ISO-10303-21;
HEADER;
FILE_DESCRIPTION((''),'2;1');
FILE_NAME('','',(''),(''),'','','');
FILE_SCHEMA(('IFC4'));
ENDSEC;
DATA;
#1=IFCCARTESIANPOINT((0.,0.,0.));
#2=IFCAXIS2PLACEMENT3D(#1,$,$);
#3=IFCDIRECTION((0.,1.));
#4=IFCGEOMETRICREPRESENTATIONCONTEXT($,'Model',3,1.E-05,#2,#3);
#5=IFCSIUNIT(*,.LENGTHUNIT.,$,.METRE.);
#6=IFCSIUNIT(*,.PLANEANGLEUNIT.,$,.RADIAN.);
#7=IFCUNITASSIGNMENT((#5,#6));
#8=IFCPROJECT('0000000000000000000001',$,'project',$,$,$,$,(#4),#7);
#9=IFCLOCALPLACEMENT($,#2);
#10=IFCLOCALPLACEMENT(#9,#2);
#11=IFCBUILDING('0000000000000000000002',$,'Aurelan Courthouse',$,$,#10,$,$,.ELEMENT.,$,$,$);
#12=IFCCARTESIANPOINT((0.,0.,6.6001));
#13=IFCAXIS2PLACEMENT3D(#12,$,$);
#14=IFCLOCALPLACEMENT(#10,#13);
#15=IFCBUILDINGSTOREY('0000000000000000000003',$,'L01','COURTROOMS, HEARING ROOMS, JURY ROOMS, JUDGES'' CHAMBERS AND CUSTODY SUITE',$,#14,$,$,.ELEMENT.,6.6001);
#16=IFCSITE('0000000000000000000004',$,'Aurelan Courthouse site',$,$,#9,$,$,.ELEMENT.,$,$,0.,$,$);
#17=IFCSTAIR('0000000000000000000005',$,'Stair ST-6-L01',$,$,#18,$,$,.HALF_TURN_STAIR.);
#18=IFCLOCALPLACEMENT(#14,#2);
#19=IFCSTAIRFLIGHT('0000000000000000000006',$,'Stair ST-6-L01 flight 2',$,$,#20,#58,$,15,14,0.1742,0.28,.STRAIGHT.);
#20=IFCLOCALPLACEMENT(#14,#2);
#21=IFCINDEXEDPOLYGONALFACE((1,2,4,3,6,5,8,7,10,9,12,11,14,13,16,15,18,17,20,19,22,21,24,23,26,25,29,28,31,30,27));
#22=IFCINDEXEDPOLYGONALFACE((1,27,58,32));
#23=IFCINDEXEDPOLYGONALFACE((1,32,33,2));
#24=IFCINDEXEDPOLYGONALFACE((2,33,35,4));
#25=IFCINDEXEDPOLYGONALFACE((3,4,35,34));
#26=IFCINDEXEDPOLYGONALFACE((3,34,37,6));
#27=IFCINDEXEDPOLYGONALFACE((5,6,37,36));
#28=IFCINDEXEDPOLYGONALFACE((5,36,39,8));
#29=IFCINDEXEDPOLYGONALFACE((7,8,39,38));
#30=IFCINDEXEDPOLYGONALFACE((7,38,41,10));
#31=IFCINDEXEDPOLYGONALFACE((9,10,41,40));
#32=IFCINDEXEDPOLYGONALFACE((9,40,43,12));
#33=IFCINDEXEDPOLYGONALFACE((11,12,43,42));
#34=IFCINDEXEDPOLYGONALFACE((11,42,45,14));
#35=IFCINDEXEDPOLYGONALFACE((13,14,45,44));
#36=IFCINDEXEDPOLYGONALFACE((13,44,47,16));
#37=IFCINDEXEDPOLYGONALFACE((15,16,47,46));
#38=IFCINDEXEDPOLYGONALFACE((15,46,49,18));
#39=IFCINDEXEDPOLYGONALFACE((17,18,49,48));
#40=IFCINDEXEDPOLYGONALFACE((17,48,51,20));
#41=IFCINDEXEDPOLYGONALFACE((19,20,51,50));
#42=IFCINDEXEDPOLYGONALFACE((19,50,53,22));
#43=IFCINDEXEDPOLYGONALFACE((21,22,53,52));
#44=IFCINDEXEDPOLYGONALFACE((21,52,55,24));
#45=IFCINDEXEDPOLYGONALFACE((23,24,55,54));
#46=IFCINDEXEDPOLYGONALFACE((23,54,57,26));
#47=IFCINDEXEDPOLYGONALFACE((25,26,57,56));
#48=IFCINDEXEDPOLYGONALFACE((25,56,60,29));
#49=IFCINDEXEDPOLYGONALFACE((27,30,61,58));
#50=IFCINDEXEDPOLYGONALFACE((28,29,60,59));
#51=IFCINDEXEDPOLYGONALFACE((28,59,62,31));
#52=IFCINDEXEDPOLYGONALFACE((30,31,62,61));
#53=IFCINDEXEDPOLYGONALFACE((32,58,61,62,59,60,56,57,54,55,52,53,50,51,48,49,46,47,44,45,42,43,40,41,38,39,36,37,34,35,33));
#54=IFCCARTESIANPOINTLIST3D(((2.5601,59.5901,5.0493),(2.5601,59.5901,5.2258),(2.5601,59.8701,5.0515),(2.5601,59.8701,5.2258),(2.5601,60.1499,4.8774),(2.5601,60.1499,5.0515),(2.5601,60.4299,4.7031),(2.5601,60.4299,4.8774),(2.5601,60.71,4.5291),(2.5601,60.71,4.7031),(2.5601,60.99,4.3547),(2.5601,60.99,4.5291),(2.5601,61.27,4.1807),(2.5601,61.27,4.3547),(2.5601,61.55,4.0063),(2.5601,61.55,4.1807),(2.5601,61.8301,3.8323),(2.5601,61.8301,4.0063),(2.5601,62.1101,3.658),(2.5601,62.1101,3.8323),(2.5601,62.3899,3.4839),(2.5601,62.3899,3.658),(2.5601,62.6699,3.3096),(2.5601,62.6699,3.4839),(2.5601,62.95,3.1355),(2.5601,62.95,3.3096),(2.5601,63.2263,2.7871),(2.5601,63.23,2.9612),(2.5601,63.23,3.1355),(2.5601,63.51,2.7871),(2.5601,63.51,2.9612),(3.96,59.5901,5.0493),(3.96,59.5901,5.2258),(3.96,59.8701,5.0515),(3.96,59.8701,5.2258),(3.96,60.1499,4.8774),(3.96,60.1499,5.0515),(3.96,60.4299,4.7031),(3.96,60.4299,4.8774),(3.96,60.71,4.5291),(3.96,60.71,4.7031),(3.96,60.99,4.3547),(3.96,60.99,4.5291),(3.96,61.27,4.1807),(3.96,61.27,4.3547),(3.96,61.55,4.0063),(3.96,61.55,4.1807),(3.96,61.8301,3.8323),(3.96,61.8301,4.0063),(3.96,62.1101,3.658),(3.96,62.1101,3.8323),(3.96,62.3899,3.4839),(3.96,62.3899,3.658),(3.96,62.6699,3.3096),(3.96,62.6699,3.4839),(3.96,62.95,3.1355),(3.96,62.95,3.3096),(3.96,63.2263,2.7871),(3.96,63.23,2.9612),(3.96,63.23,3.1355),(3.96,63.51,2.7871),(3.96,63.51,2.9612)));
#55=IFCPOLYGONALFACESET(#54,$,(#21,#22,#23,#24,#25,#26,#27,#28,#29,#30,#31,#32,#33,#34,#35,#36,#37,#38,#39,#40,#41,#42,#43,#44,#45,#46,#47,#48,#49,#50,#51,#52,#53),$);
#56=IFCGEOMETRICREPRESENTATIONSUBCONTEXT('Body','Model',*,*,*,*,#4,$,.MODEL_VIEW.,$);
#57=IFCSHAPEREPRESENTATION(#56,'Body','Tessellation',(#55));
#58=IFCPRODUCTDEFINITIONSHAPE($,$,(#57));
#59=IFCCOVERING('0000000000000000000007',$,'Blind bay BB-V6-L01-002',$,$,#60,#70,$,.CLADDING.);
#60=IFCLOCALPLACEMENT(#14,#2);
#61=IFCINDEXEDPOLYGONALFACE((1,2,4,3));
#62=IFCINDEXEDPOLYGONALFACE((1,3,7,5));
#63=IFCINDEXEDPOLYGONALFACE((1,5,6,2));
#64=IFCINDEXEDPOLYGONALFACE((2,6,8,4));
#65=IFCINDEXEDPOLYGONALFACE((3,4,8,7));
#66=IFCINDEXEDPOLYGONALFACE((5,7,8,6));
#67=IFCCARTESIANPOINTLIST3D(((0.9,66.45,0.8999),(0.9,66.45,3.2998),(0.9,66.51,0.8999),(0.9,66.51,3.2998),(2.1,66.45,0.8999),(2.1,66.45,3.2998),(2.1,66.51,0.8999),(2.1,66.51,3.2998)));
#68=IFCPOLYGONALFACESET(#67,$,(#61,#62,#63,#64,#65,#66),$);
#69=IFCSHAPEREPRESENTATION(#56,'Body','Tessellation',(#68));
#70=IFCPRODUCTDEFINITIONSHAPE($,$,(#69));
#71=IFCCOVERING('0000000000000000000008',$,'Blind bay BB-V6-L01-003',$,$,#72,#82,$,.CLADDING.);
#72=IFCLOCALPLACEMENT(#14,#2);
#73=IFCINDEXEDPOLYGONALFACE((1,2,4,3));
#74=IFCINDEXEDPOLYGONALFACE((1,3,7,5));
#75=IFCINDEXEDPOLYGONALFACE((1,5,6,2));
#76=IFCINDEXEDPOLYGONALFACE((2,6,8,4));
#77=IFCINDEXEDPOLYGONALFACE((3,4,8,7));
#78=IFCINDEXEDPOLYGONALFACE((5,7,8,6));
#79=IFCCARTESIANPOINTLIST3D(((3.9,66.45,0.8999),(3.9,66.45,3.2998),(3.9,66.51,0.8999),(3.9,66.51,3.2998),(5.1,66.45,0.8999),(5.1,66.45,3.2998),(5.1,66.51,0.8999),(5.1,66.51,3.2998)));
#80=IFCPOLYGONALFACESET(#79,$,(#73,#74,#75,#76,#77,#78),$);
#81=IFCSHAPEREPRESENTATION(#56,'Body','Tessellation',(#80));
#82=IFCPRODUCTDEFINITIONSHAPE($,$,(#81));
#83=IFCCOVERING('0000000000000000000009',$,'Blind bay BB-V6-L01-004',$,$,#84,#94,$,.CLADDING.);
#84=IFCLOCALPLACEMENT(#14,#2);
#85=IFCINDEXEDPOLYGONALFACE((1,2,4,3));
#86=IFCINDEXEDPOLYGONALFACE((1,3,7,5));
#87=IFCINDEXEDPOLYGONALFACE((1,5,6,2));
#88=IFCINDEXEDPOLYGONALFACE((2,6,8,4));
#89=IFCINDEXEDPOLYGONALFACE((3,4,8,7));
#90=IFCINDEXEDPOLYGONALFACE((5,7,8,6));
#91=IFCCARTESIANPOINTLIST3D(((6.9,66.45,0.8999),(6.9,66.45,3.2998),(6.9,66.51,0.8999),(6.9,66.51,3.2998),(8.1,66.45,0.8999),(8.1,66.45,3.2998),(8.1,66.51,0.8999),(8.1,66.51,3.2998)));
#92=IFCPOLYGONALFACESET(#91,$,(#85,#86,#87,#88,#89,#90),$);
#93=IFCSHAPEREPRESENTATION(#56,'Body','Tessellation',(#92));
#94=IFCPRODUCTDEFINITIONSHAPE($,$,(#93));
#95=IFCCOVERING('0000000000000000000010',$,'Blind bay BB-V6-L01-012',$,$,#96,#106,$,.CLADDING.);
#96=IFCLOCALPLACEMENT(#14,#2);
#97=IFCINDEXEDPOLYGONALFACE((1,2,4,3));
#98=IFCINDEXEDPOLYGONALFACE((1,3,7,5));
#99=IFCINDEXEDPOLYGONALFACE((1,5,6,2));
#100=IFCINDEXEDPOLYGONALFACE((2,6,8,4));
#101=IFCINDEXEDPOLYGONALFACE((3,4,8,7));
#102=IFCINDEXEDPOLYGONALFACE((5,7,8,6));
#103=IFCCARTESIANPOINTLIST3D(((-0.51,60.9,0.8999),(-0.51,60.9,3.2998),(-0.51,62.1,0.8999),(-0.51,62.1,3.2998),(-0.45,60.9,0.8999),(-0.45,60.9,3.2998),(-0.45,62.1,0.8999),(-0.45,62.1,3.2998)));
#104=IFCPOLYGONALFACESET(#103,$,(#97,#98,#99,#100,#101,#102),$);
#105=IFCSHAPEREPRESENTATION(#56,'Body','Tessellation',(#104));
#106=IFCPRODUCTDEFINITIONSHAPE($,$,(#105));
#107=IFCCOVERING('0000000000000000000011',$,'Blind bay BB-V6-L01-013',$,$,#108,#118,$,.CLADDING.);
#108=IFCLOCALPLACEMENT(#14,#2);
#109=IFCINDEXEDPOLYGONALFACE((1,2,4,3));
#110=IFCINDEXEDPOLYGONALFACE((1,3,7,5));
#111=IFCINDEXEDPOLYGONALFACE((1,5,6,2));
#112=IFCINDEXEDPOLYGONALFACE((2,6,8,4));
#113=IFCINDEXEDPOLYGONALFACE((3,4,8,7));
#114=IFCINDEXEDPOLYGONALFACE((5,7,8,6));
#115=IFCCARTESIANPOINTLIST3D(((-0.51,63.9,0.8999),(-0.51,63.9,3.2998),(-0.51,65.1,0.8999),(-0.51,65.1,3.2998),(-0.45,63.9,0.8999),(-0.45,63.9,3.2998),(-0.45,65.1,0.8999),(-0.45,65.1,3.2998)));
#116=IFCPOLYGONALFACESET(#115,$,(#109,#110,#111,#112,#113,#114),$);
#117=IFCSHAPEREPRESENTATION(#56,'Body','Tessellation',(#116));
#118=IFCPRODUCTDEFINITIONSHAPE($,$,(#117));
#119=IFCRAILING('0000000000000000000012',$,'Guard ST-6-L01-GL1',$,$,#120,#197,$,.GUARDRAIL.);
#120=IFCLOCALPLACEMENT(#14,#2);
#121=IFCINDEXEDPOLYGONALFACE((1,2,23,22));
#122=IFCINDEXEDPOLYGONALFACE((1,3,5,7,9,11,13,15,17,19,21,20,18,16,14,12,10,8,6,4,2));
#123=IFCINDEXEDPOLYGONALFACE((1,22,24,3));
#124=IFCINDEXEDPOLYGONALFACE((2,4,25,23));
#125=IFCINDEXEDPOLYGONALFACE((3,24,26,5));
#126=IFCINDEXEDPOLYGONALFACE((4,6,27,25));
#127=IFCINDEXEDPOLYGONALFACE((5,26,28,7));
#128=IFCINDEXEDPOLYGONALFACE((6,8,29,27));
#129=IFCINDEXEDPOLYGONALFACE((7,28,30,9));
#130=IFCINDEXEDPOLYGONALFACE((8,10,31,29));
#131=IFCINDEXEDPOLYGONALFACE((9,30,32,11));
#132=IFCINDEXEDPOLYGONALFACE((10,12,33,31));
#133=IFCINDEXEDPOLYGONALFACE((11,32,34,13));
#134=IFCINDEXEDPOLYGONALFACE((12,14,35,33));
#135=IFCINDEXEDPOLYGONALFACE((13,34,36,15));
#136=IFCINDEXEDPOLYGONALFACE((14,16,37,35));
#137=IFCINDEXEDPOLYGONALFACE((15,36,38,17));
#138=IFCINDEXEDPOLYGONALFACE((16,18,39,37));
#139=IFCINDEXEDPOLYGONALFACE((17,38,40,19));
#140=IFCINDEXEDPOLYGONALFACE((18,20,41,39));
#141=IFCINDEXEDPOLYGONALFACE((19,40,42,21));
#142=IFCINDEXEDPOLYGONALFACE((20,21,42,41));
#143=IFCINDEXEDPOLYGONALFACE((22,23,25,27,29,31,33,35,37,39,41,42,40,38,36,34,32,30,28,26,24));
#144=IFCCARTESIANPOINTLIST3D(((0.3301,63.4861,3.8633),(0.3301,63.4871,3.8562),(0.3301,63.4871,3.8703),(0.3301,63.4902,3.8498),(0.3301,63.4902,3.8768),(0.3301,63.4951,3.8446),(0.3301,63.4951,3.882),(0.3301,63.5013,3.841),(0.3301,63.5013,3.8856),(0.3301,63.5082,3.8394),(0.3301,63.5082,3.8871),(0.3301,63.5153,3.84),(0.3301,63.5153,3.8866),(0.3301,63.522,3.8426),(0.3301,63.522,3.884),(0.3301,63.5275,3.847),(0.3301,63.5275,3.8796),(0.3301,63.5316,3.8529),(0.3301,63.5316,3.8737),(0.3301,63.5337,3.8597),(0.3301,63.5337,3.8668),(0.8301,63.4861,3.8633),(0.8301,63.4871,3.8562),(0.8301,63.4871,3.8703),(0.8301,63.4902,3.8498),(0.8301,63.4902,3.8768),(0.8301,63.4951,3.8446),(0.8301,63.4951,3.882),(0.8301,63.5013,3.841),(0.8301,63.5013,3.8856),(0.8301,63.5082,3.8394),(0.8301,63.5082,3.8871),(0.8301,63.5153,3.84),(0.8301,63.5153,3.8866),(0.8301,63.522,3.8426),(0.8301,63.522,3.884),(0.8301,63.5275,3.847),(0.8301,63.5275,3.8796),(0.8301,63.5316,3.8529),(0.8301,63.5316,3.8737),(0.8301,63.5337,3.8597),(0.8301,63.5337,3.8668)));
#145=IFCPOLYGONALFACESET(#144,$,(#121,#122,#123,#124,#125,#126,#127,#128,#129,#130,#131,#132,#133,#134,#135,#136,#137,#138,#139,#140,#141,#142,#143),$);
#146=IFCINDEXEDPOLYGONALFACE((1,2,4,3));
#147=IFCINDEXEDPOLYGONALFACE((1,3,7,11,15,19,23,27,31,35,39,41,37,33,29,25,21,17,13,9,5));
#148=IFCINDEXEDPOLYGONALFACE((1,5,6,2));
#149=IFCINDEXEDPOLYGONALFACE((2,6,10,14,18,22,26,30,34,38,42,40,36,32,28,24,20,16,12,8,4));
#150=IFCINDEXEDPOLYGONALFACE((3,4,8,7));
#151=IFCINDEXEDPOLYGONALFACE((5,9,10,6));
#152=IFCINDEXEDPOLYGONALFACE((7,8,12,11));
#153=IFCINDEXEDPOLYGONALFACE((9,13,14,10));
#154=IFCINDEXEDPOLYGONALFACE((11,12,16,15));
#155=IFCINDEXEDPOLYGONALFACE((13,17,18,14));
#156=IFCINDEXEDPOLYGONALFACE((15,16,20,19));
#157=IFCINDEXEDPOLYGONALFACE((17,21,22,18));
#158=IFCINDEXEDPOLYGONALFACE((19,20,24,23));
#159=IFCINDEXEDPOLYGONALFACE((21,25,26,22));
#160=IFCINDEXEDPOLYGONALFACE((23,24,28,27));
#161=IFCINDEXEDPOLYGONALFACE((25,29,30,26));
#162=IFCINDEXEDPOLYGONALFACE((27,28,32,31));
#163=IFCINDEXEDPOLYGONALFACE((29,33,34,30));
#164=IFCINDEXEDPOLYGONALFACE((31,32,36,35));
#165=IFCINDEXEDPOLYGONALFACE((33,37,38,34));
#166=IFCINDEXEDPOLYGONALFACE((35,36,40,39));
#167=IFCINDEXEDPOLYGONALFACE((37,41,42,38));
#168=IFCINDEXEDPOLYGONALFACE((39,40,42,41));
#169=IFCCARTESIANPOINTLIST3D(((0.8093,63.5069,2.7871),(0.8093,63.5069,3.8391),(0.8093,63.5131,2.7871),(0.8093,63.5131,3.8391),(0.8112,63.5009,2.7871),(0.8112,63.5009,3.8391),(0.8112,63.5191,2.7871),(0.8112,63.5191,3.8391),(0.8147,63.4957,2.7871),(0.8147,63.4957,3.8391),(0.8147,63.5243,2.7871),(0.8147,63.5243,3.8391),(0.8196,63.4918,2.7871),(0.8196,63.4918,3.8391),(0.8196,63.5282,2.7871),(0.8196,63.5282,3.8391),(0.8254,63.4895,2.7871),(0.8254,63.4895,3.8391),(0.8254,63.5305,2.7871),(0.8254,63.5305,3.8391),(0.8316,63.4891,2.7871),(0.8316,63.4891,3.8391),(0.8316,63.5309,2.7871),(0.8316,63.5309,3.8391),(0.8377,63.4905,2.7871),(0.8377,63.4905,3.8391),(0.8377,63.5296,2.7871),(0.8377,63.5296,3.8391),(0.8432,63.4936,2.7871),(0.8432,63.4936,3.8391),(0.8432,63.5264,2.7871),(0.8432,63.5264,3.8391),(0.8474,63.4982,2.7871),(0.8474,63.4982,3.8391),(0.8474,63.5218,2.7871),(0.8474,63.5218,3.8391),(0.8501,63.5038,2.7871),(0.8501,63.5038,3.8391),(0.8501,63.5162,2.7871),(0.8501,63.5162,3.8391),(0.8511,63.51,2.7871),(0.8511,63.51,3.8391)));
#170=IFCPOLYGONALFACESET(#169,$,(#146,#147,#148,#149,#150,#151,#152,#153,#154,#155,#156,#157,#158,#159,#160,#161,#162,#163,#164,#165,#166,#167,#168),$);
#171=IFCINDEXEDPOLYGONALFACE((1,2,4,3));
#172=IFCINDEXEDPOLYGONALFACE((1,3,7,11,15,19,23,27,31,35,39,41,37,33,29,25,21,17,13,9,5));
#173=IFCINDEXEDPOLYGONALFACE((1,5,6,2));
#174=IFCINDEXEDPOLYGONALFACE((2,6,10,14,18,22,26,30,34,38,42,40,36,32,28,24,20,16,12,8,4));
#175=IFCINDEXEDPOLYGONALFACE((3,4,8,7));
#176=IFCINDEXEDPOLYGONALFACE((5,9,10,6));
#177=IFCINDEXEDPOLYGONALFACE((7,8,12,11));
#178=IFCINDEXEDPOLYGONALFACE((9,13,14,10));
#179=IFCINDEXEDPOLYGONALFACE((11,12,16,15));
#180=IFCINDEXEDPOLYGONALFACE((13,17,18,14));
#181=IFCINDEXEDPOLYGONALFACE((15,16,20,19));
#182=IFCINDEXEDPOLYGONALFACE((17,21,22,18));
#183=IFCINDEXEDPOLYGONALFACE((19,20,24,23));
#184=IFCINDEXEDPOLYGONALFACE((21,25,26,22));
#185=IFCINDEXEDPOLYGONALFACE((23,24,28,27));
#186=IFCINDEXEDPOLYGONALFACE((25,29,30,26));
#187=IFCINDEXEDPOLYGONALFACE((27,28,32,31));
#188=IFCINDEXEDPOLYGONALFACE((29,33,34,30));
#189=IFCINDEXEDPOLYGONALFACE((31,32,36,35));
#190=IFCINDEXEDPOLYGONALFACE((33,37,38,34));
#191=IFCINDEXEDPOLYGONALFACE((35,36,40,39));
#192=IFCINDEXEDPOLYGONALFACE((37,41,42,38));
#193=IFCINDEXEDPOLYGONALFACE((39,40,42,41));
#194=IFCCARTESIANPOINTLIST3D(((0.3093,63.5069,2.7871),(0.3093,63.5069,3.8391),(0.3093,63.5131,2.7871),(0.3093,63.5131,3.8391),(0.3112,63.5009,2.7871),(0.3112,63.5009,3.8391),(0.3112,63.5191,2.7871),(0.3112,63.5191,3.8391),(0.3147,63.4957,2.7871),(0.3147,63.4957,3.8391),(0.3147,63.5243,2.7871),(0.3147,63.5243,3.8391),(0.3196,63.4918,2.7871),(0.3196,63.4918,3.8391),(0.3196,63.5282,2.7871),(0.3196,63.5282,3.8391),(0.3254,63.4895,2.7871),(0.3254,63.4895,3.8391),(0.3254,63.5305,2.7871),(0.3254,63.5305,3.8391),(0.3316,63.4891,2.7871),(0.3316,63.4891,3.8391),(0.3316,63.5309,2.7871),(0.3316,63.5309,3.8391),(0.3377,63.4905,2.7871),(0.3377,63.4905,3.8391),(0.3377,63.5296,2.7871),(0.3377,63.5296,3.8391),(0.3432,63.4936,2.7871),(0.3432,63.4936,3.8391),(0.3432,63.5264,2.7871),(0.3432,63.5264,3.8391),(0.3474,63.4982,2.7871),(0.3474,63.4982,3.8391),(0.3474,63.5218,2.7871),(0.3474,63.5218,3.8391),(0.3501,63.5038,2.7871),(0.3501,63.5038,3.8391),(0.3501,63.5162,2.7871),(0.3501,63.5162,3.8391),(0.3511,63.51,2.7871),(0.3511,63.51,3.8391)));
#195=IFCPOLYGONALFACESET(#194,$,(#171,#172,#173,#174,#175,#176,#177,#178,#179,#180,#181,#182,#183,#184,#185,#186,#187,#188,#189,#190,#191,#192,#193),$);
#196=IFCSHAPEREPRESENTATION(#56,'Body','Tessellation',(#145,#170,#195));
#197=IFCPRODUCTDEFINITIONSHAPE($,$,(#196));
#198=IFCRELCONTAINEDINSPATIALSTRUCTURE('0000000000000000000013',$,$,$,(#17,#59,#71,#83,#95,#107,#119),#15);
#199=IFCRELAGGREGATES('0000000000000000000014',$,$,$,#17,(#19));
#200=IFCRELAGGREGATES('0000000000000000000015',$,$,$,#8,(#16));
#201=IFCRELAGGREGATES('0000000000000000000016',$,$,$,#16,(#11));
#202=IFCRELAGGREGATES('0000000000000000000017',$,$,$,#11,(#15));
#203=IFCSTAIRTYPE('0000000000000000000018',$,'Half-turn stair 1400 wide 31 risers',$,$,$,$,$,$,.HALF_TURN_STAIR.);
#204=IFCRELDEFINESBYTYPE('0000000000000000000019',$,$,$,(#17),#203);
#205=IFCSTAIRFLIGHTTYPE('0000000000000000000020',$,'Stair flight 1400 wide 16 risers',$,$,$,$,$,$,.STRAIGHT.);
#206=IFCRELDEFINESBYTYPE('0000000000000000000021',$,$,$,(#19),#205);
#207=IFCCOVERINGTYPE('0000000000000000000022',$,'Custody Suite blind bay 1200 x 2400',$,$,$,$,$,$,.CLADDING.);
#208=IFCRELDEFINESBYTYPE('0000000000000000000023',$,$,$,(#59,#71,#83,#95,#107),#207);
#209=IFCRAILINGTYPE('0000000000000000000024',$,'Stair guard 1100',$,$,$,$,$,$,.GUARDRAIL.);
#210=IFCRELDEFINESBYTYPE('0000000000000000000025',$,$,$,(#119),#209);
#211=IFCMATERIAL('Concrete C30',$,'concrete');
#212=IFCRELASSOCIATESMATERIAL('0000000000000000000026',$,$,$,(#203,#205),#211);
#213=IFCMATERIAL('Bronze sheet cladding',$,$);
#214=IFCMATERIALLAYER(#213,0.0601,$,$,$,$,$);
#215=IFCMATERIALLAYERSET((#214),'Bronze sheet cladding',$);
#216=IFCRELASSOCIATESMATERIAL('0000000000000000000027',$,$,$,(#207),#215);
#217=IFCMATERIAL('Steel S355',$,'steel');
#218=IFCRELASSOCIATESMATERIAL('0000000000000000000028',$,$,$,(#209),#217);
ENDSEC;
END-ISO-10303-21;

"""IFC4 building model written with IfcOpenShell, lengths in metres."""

from ifc_helpers import new_model, si_unit, direction, frame, origin, origin_2d, place, context, subcontext, project, spatial, polyline, rectangle, circle, outline, extrude, material, layer, layer_set, type_object, element, aggregate, save


model = new_model("IFC4")

# Units and contexts
model_context = context("Model", 3, precision=1e-05, world=origin(), true_north=direction((0.0, 1.0)))
body_context = subcontext(model_context, "Body", "Model", "MODEL_VIEW")
ifc_project = project(units=[si_unit("LENGTHUNIT", "METRE"), si_unit("PLANEANGLEUNIT", "RADIAN")], contexts=[model_context])

# Site, building, storey
site_placement = place(None, origin())
site = spatial("IfcSite", under=ifc_project, at=site_placement, Name="Aurelan Courthouse site", CompositionType="ELEMENT", RefElevation=0.0)
building_placement = place(site_placement, origin())
building = spatial("IfcBuilding", under=site, at=building_placement, Name="Aurelan Courthouse", CompositionType="ELEMENT")
storey_placement = place(building_placement, frame((0.0, 0.0, 6.6001)))
storey = spatial("IfcBuildingStorey", under=building, at=storey_placement, Name="L01", Description="COURTROOMS, HEARING ROOMS, JURY ROOMS, JUDGES' CHAMBERS AND CUSTODY SUITE", CompositionType="ELEMENT", Elevation=6.6001)

# Shared definitions
ifc_material_1 = material(Name="Concrete C30", Category="concrete")

# Stair, stair flight
stair_type = type_object("IfcStairType", Name="Half-turn stair 1400 wide 31 risers", PredefinedType="HALF_TURN_STAIR", material=ifc_material_1)
stair_placement = place(storey_placement, origin())
stair = element("IfcStair", 1, at=stair_placement, inside=storey, type_object=stair_type, Name="Stair ST-6-L01", PredefinedType="HALF_TURN_STAIR")
stair_flight_type = type_object("IfcStairFlightType", Name="Stair flight 1400 wide 16 risers", PredefinedType="STRAIGHT", material=ifc_material_1)
stair_flight_placement = place(storey_placement, frame((3.26, 63.51, 2.7871), z_axis=(0.0, 0.0, 1.0), x_axis=(0.0, -1.0, 0.0)))
stair_flight = element("IfcStairFlight", 2, at=stair_flight_placement, type_object=stair_flight_type, Name="Stair ST-6-L01 flight 2", NumberOfRisers=15, NumberOfTreads=14, PredefinedType="STRAIGHT", RiserHeight=0.1742, TreadLength=0.28, context=body_context, shape_type="SweptSolid", body=[
    extrude(outline(polyline([(0.0, 0.0), (0.0, 0.1741), (0.28, 0.1741), (0.28, 0.3484), (0.5601, 0.3484), (0.5601, 0.5225), (0.8401, 0.5225), (0.8401, 0.6968), (1.1201, 0.6968), (1.1201, 0.8708), (1.3999, 0.8708), (1.3999, 1.0452), (1.6799, 1.0452), (1.6799, 1.2192), (1.96, 1.2192), (1.96, 1.3936), (2.24, 1.3936), (2.24, 1.5676), (2.52, 1.5676), (2.52, 1.7419), (2.8, 1.7419), (2.8, 1.916), (3.0801, 1.916), (3.0801, 2.0903), (3.3601, 2.0903), (3.3601, 2.2644), (3.6399, 2.2644), (3.6399, 2.4387), (3.9199, 2.4387), (3.9199, 2.6128), (3.9199, 2.2622), (0.2837, 0.0), (0.0, 0.0)])), frame((0.0, 0.7, 0.0), z_axis=(0.0, -1.0, 0.0), x_axis=(1.0, 0.0, 0.0)), (0.0, 0.0, 1.0), 1.3999),
])
aggregate(stair, [stair_flight])

# Coverings
ifc_material_2 = material(Name="Bronze sheet cladding")
ifc_layer_1 = layer(ifc_material_2, 0.0601)
ifc_layer_set_1 = layer_set([ifc_layer_1], Name="Bronze sheet cladding")
covering_type = type_object("IfcCoveringType", Name="Custody Suite blind bay 1200 x 2400", PredefinedType="CLADDING", material=ifc_layer_set_1)
for number, where, z_axis, x_axis, name in (
    (3, (1.5, 66.48, 0.8999), (0.0, 0.0, 1.0), (1.0, 0.0, 0.0), "Blind bay BB-V6-L01-002"),
    (4, (4.5, 66.48, 0.8999), (0.0, 0.0, 1.0), (1.0, 0.0, 0.0), "Blind bay BB-V6-L01-003"),
    (5, (7.5, 66.48, 0.8999), (0.0, 0.0, 1.0), (1.0, 0.0, 0.0), "Blind bay BB-V6-L01-004"),
):
    element("IfcCovering", number, at=place(storey_placement, frame(where, z_axis=z_axis, x_axis=x_axis)), inside=storey, type_object=covering_type, Name=name, PredefinedType="CLADDING", context=body_context, shape_type="SweptSolid", body=[
        extrude(rectangle(XDim=1.2, YDim=0.0601, at=origin_2d()), origin(), (0.0, 0.0, 1.0), 2.3999),
    ])
for number, where, z_axis, x_axis, name in (
    (6, (-0.48, 61.5, 0.8999), (0.0, 0.0, 1.0), (1.0, 0.0, 0.0), "Blind bay BB-V6-L01-012"),
    (7, (-0.48, 64.5, 0.8999), (0.0, 0.0, 1.0), (1.0, 0.0, 0.0), "Blind bay BB-V6-L01-013"),
):
    element("IfcCovering", number, at=place(storey_placement, frame(where, z_axis=z_axis, x_axis=x_axis)), inside=storey, type_object=covering_type, Name=name, PredefinedType="CLADDING", context=body_context, shape_type="SweptSolid", body=[
        extrude(rectangle(XDim=0.0601, YDim=1.2, at=origin_2d()), origin(), (0.0, 0.0, 1.0), 2.3999),
    ])

# Railing
ifc_material_3 = material(Name="Steel S355", Category="steel")
railing_type_1 = type_object("IfcRailingType", Name="Stair guard 1100", PredefinedType="GUARDRAIL", material=ifc_material_3)
railing_placement = place(storey_placement, frame((0.8301, 63.51, 2.7871)))
element("IfcRailing", 8, at=railing_placement, inside=storey, type_object=railing_type_1, Name="Guard ST-6-L01-GL1", PredefinedType="GUARDRAIL", context=body_context, shape_type="SweptSolid", body=[
    extrude(circle(Radius=0.0239, at=origin_2d()), frame((0.0, 0.0, 1.0762), z_axis=(-1.0, 0.0, 0.0), x_axis=(0.0, -1.0, 0.0)), (0.0, 0.0, 1.0), 0.5),
    extrude(circle(Radius=0.021, at=origin_2d()), origin(), (0.0, 0.0, 1.0), 1.052),
    extrude(circle(Radius=0.021, at=origin_2d()), frame((-0.5, 0.0, 0.0)), (0.0, 0.0, 1.0), 1.052),
])

save(model, "model.ifc")
